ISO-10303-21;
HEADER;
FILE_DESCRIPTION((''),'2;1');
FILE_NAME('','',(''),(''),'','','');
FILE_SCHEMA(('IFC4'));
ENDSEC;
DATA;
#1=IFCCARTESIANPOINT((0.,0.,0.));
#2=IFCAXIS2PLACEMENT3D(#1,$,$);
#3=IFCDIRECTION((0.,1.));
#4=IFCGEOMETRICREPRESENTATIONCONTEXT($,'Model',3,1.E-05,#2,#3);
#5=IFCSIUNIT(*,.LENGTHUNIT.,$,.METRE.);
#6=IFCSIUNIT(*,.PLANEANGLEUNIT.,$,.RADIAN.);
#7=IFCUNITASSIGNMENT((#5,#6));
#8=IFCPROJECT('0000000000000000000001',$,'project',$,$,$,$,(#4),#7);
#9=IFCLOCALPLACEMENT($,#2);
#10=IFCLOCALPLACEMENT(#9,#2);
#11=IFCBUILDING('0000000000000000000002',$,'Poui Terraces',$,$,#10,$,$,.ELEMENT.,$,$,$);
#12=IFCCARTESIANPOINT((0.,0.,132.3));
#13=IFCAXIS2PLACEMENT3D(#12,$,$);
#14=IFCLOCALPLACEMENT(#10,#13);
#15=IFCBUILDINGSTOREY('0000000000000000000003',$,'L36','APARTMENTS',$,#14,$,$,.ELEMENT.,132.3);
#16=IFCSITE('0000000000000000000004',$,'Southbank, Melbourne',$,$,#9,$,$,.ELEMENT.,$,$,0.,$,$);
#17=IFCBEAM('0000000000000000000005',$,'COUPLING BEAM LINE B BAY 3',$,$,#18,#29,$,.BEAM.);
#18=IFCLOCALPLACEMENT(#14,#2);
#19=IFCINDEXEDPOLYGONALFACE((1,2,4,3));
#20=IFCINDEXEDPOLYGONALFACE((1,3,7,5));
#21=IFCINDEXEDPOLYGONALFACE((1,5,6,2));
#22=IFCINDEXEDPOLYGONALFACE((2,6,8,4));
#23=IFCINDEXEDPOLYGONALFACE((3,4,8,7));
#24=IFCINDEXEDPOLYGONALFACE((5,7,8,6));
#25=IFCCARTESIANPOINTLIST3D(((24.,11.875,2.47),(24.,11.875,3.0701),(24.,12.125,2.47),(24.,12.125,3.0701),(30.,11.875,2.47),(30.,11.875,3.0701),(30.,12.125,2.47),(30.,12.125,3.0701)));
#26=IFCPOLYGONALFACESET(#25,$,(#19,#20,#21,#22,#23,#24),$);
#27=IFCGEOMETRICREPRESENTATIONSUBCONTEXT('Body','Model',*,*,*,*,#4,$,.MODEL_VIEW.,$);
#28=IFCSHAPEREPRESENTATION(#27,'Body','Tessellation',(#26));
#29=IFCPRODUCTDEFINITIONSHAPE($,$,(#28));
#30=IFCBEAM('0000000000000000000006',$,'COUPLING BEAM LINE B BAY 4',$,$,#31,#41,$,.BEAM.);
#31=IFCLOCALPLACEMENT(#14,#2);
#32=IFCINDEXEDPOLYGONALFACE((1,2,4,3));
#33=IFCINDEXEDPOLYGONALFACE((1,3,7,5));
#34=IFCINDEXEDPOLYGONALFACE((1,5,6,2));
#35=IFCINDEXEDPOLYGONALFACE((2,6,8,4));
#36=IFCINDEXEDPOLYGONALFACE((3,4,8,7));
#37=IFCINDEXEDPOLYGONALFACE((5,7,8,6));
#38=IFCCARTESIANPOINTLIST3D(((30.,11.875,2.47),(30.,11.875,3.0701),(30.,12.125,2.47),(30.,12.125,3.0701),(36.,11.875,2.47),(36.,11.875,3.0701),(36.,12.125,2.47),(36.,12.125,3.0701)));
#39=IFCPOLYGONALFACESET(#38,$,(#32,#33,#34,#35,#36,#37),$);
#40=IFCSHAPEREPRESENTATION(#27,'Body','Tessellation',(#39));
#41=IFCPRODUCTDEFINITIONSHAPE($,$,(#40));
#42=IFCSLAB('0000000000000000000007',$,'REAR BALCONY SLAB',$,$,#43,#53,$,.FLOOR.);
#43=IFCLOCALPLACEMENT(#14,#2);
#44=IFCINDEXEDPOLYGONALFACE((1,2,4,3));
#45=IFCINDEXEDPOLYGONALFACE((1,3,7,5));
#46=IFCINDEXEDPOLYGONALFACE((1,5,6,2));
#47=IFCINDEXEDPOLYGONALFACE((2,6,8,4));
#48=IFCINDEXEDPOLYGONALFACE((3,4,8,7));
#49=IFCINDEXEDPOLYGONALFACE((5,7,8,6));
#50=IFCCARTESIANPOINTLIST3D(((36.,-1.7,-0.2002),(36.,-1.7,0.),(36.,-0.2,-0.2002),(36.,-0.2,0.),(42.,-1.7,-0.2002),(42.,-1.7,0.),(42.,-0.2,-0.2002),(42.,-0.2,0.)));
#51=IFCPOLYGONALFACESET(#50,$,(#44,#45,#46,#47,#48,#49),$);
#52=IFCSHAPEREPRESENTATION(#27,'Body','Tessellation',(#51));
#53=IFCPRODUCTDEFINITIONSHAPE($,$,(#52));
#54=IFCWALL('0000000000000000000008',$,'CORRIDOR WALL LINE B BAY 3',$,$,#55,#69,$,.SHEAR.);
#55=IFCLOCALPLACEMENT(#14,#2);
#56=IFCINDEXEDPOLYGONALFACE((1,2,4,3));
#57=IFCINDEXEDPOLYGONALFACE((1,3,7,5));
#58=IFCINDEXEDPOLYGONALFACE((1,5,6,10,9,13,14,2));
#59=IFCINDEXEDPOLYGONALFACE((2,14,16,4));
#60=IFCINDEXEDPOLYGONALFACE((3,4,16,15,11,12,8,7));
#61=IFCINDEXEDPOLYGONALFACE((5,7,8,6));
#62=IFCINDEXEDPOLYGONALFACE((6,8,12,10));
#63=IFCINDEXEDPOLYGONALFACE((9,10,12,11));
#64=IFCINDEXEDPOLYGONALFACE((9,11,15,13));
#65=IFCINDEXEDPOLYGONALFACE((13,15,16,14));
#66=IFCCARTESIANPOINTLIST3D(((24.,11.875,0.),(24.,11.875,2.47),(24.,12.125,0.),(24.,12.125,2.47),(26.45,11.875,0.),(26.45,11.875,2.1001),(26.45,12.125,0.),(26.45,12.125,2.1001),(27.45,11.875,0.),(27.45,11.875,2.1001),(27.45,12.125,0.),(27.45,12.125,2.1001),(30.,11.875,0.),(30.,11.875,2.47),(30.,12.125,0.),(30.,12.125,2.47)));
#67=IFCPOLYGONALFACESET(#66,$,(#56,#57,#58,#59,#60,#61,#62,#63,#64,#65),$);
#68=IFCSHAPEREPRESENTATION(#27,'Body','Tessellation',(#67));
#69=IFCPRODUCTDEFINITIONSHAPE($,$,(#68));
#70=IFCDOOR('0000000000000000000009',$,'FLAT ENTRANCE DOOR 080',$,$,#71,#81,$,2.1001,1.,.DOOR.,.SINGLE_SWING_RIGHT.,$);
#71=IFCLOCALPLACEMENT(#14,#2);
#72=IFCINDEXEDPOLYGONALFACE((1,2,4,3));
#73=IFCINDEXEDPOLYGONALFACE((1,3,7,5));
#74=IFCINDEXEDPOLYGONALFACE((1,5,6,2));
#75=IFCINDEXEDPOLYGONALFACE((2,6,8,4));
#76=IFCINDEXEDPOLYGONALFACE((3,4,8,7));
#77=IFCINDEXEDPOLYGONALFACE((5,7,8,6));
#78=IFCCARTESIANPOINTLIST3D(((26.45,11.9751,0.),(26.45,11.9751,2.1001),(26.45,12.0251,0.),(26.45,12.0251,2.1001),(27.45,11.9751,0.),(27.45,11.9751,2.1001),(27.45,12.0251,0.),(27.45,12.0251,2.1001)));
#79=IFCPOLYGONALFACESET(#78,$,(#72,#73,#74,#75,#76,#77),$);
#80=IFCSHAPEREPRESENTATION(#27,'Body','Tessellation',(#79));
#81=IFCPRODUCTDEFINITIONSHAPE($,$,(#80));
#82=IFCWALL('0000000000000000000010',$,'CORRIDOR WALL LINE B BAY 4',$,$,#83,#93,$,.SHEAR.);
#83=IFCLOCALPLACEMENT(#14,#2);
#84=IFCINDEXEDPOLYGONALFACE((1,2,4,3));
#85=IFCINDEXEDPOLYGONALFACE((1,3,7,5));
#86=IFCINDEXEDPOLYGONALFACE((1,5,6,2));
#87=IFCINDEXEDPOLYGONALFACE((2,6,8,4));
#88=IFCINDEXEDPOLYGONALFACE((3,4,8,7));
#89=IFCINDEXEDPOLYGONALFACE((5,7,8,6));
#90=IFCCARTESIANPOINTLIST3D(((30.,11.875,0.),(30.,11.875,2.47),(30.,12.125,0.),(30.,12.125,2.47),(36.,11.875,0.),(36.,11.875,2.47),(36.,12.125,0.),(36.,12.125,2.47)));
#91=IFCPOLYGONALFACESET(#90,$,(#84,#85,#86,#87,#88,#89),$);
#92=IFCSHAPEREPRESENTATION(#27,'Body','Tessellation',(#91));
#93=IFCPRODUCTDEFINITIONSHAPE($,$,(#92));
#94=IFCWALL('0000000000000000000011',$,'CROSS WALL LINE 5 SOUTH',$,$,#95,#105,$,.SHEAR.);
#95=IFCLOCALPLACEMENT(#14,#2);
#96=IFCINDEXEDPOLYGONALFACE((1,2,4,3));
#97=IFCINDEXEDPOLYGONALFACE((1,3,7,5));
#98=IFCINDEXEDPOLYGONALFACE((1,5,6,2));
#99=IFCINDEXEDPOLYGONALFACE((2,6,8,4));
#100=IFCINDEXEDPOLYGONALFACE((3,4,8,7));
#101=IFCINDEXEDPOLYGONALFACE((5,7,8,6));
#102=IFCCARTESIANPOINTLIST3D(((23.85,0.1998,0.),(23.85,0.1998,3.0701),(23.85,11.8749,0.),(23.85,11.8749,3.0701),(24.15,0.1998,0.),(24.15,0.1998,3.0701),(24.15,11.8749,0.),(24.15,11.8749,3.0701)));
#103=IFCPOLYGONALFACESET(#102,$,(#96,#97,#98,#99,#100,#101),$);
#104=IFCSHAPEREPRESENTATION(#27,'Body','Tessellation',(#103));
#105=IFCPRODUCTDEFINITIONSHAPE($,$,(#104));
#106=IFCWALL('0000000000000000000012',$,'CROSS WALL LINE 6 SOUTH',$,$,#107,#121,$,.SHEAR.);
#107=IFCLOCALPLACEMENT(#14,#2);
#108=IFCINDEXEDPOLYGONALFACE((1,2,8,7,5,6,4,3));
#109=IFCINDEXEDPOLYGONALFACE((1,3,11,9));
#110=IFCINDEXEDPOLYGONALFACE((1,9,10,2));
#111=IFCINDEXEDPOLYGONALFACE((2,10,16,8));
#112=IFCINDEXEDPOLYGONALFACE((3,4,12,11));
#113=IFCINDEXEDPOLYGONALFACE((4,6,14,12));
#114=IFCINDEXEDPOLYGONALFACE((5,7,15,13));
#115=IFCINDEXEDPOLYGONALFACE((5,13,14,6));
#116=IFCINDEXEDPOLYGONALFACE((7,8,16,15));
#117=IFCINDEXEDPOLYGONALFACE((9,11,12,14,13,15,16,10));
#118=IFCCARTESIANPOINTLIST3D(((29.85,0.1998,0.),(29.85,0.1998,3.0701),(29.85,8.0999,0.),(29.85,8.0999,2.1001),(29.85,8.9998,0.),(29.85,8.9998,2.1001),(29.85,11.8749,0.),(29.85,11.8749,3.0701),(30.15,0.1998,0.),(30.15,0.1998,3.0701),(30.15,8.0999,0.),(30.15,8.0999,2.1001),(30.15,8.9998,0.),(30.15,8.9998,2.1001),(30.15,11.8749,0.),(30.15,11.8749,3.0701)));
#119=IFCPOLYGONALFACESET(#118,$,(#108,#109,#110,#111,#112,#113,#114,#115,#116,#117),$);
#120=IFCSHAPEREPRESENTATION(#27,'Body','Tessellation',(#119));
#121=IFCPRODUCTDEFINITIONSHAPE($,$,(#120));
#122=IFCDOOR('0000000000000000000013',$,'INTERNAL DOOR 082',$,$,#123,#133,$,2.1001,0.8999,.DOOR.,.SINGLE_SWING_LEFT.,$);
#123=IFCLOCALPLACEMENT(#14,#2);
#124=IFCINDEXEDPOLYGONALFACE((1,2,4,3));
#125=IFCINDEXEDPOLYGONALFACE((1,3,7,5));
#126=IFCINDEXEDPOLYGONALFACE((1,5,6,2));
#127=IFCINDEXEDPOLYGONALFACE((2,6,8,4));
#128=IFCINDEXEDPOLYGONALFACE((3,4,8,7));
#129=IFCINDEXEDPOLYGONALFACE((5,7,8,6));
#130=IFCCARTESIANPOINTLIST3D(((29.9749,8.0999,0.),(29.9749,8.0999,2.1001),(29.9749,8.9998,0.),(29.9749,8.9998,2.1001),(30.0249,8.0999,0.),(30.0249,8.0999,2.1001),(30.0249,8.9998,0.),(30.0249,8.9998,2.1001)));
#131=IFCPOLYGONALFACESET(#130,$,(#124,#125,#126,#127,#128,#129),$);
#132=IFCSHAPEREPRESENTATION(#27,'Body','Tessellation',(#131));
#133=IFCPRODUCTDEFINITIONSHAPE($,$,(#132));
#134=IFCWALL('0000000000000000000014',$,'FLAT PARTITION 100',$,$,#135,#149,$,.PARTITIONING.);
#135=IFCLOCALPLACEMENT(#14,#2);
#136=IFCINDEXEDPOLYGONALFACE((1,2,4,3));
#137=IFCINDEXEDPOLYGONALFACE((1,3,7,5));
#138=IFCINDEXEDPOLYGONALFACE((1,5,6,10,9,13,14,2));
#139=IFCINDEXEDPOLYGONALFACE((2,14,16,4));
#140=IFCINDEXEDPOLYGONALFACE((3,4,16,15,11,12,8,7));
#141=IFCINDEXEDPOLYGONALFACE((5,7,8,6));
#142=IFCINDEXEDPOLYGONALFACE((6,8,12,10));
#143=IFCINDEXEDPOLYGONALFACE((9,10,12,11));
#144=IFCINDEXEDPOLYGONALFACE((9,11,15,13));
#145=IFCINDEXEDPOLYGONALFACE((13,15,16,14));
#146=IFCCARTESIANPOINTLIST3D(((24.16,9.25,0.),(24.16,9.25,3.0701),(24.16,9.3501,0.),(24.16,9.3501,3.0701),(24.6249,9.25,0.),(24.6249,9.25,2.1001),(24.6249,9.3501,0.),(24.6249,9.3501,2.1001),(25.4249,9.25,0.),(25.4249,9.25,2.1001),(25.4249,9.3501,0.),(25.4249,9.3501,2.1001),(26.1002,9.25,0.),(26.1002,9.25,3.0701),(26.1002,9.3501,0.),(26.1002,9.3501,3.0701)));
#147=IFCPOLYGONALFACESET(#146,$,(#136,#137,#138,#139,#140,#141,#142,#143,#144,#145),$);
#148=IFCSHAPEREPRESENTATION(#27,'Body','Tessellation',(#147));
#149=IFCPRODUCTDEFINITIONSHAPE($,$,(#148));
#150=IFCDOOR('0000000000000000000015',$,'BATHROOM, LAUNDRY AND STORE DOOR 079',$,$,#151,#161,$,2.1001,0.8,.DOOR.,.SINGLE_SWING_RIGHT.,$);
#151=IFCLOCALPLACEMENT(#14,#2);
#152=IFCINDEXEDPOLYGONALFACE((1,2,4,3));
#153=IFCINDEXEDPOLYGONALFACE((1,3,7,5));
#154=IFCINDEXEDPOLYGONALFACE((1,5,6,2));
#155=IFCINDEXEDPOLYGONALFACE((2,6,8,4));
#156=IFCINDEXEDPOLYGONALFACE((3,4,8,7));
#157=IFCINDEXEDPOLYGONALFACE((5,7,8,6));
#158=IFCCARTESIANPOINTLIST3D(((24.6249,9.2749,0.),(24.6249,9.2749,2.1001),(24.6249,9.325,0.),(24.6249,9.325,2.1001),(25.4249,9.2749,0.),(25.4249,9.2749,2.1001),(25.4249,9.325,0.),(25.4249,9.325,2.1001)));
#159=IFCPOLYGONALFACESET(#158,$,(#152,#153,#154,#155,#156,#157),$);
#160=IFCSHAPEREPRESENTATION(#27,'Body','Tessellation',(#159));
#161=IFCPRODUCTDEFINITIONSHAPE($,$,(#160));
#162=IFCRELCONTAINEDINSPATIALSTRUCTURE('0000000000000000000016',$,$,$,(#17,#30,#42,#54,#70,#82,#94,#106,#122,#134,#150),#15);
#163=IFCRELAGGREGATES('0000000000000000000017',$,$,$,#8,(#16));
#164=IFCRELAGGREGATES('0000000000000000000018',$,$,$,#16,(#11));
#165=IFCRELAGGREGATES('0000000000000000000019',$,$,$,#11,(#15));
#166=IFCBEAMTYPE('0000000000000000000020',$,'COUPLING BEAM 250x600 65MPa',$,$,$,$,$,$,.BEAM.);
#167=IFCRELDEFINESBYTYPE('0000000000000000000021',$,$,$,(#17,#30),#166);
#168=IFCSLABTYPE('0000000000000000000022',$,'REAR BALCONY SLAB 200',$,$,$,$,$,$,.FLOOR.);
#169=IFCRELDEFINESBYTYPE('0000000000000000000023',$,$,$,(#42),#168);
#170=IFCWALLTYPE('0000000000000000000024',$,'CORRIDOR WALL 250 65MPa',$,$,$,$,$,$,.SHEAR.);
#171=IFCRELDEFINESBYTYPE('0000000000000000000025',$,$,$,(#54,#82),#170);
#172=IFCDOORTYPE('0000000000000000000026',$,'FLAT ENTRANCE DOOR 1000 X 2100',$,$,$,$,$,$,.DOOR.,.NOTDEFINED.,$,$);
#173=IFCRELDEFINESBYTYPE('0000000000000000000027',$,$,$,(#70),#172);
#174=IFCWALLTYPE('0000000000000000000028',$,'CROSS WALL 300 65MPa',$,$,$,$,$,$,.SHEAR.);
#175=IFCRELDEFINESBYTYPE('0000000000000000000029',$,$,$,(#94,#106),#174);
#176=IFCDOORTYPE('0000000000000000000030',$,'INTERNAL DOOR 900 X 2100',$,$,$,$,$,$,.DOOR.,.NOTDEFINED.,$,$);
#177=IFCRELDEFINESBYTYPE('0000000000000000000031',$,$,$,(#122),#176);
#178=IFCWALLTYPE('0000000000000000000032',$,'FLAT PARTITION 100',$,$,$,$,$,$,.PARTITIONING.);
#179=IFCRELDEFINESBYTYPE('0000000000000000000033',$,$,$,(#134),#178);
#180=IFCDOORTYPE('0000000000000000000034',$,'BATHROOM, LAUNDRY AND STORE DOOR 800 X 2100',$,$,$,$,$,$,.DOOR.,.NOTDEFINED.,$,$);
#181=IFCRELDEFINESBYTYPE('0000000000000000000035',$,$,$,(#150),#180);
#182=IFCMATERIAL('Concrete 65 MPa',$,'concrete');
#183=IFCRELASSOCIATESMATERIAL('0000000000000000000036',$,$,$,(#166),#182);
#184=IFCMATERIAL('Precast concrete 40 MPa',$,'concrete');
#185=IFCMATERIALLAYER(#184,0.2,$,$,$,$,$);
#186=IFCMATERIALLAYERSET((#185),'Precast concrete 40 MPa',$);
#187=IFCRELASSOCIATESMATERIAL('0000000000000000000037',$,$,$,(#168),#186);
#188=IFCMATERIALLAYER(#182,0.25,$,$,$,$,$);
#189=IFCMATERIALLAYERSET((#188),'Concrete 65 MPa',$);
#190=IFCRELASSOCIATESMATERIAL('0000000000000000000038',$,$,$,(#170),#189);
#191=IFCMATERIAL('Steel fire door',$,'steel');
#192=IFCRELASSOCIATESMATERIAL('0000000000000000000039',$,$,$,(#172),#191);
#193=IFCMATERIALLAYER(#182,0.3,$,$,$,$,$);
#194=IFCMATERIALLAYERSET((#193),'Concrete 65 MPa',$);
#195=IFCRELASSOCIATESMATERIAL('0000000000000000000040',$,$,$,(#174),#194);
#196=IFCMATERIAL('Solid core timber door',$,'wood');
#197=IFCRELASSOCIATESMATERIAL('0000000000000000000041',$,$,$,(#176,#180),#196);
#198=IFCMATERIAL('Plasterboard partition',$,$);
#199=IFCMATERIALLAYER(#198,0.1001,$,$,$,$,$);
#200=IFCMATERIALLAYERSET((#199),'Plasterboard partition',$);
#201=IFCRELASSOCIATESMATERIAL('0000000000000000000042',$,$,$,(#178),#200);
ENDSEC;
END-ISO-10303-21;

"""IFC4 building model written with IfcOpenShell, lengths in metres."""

from ifc_helpers import new_model, si_unit, direction, frame, frame_2d, origin, origin_2d, place, context, subcontext, project, spatial, polyline, rectangle, outline, extrude, source, transform, mapped, material, layer, layer_set, material_profile, profile_set, type_object, element, fill, save


model = new_model("IFC4")

# Units and contexts
model_context = context("Model", 3, precision=1e-05, world=origin(), true_north=direction((0.0, 1.0)))
body_context = subcontext(model_context, "Body", "Model", "MODEL_VIEW")
ifc_project = project(units=[si_unit("LENGTHUNIT", "METRE"), si_unit("PLANEANGLEUNIT", "RADIAN")], contexts=[model_context])

# Site, building, storey
site_placement = place(None, origin())
site = spatial("IfcSite", under=ifc_project, at=site_placement, Name="Southbank, Melbourne", CompositionType="ELEMENT", RefElevation=0.0)
building_placement = place(site_placement, origin())
building = spatial("IfcBuilding", under=site, at=building_placement, Name="Poui Terraces", CompositionType="ELEMENT")
storey_placement = place(building_placement, frame((0.0, 0.0, 132.3)))
storey = spatial("IfcBuildingStorey", under=building, at=storey_placement, Name="L36", Description="APARTMENTS", CompositionType="ELEMENT", Elevation=132.3)

# Beams
ifc_material_1 = material(Name="Concrete 65 MPa", Category="concrete")
ifc_material_profile_1 = material_profile(ifc_material_1, rectangle(XDim=0.25, YDim=0.6001, at=origin_2d()), Name="RC 250x600")
ifc_profile_set_1 = profile_set([ifc_material_profile_1], Name="Concrete 65 MPa")
beam_type = type_object("IfcBeamType", Name="COUPLING BEAM 250x600 65MPa", PredefinedType="BEAM", material=ifc_profile_set_1)
shared_shape_1 = source(origin(), body_context, "Body", "SweptSolid", [
    extrude(rectangle(XDim=0.25, YDim=0.6001, at=origin_2d()), origin(), (0.0, 0.0, 1.0), 6.0),
])
for number, where, z_axis, x_axis, name in (
    (1, (24.0, 12.0, 2.77), (1.0, 0.0, 0.0), (0.0, 1.0, 0.0), "COUPLING BEAM LINE B BAY 3"),
    (2, (30.0, 12.0, 2.77), (1.0, 0.0, 0.0), (0.0, 1.0, 0.0), "COUPLING BEAM LINE B BAY 4"),
):
    element("IfcBeam", number, at=place(storey_placement, frame(where, z_axis=z_axis, x_axis=x_axis)), inside=storey, type_object=beam_type, Name=name, PredefinedType="BEAM", context=body_context, shape_type="MappedRepresentation", body=[
        mapped(shared_shape_1, transform((0.0, 0.0, 0.0))),
    ])

# Slab
ifc_material_2 = material(Name="Precast concrete 40 MPa", Category="concrete")
ifc_layer_1 = layer(ifc_material_2, 0.2)
ifc_layer_set_1 = layer_set([ifc_layer_1], Name="Precast concrete 40 MPa")
slab_type = type_object("IfcSlabType", Name="REAR BALCONY SLAB 200", PredefinedType="FLOOR", material=ifc_layer_set_1)
shared_shape_2 = source(origin(), body_context, "Body", "SweptSolid", [
    extrude(outline(polyline([(0.0, 0.0), (6.0, 0.0), (6.0, 1.5), (0.0, 1.5), (0.0, 0.0)])), origin(), (0.0, 0.0, 1.0), 0.2002),
])
slab_placement = place(storey_placement, frame((36.0, -1.7, -0.2002)))
element("IfcSlab", 3, at=slab_placement, inside=storey, type_object=slab_type, Name="REAR BALCONY SLAB", PredefinedType="FLOOR", context=body_context, shape_type="MappedRepresentation", body=[
    mapped(shared_shape_2, transform((0.0, 0.0, 0.0))),
])

# Wall, opening, door
ifc_layer_2 = layer(ifc_material_1, 0.25)
ifc_layer_set_2 = layer_set([ifc_layer_2], Name="Concrete 65 MPa")
wall_type_1 = type_object("IfcWallType", Name="CORRIDOR WALL 250 65MPa", PredefinedType="SHEAR", material=ifc_layer_set_2)
wall_1_placement = place(storey_placement, frame((24.0, 12.0, 0.0), z_axis=(0.0, 0.0, 1.0), x_axis=(1.0, 0.0, 0.0)))
wall_1 = element("IfcWall", 4, at=wall_1_placement, inside=storey, type_object=wall_type_1, Name="CORRIDOR WALL LINE B BAY 3", PredefinedType="SHEAR", context=body_context, shape_type="SweptSolid", body=[
    extrude(rectangle(XDim=6.0, YDim=0.25, at=frame_2d((3.0, 0.0))), origin(), (0.0, 0.0, 1.0), 2.47),
])
opening_1_placement = place(wall_1_placement, frame((2.45, 0.0, 0.0)))
opening_1 = element("IfcOpeningElement", 5, at=opening_1_placement, cuts=wall_1, PredefinedType="OPENING", context=body_context, shape_type="SweptSolid", body=[
    extrude(rectangle(XDim=1.0, YDim=2.1001, at=frame_2d((0.5, 1.05))), frame((0.0, 0.135, 0.0), z_axis=(0.0, -1.0, 0.0), x_axis=(1.0, 0.0, 0.0)), (0.0, 0.0, 1.0), 0.27),
])
ifc_material_3 = material(Name="Steel fire door", Category="steel")
door_type_1 = type_object("IfcDoorType", Name="FLAT ENTRANCE DOOR 1000 X 2100", OperationType="NOTDEFINED", PredefinedType="DOOR", material=ifc_material_3)
door_1_placement = place(opening_1_placement, frame((1.0, 0.0, 0.0), z_axis=(0.0, 0.0, 1.0), x_axis=(-1.0, 0.0, 0.0)))
door_1 = element("IfcDoor", 6, at=door_1_placement, inside=storey, type_object=door_type_1, Name="FLAT ENTRANCE DOOR 080", OperationType="SINGLE_SWING_RIGHT", OverallHeight=2.1001, OverallWidth=1.0, PredefinedType="DOOR", context=body_context, shape_type="SweptSolid", body=[
    extrude(rectangle(XDim=1.0, YDim=2.1001, at=frame_2d((0.5, 1.05))), frame((0.0, 0.0249, 0.0), z_axis=(0.0, -1.0, 0.0), x_axis=(1.0, 0.0, 0.0)), (0.0, 0.0, 1.0), 0.05),
])
fill(opening_1, door_1)

# Walls
wall_2_placement = place(storey_placement, frame((30.0, 12.0, 0.0), z_axis=(0.0, 0.0, 1.0), x_axis=(1.0, 0.0, 0.0)))
element("IfcWall", 7, at=wall_2_placement, inside=storey, type_object=wall_type_1, Name="CORRIDOR WALL LINE B BAY 4", PredefinedType="SHEAR", context=body_context, shape_type="SweptSolid", body=[
    extrude(rectangle(XDim=6.0, YDim=0.25, at=frame_2d((3.0, 0.0))), origin(), (0.0, 0.0, 1.0), 2.47),
])
ifc_layer_3 = layer(ifc_material_1, 0.3)
ifc_layer_set_3 = layer_set([ifc_layer_3], Name="Concrete 65 MPa")
wall_type_2 = type_object("IfcWallType", Name="CROSS WALL 300 65MPa", PredefinedType="SHEAR", material=ifc_layer_set_3)
wall_3_placement = place(storey_placement, frame((24.0, 0.2, 0.0), z_axis=(0.0, 0.0, 1.0), x_axis=(0.0, 1.0, 0.0)))
element("IfcWall", 8, at=wall_3_placement, inside=storey, type_object=wall_type_2, Name="CROSS WALL LINE 5 SOUTH", PredefinedType="SHEAR", context=body_context, shape_type="SweptSolid", body=[
    extrude(rectangle(XDim=11.675, YDim=0.3, at=frame_2d((5.8374, 0.0))), origin(), (0.0, 0.0, 1.0), 3.0701),
])

# Walls, openings, doors
wall_4_placement = place(storey_placement, frame((30.0, 0.2, 0.0), z_axis=(0.0, 0.0, 1.0), x_axis=(0.0, 1.0, 0.0)))
wall_4 = element("IfcWall", 9, at=wall_4_placement, inside=storey, type_object=wall_type_2, Name="CROSS WALL LINE 6 SOUTH", PredefinedType="SHEAR", context=body_context, shape_type="SweptSolid", body=[
    extrude(rectangle(XDim=11.675, YDim=0.3, at=frame_2d((5.8374, 0.0))), origin(), (0.0, 0.0, 1.0), 3.0701),
])
opening_2_placement = place(wall_4_placement, frame((7.8999, 0.0, 0.0)))
opening_2 = element("IfcOpeningElement", 10, at=opening_2_placement, cuts=wall_4, PredefinedType="OPENING", context=body_context, shape_type="SweptSolid", body=[
    extrude(rectangle(XDim=0.8999, YDim=2.1001, at=frame_2d((0.45, 1.05))), frame((0.0, 0.1602, 0.0), z_axis=(0.0, -1.0, 0.0), x_axis=(1.0, 0.0, 0.0)), (0.0, 0.0, 1.0), 0.3201),
])
ifc_material_4 = material(Name="Solid core timber door", Category="wood")
door_type_2 = type_object("IfcDoorType", Name="INTERNAL DOOR 900 X 2100", OperationType="NOTDEFINED", PredefinedType="DOOR", material=ifc_material_4)
door_2_placement = place(opening_2_placement, frame((0.8999, 0.0, 0.0), z_axis=(0.0, 0.0, 1.0), x_axis=(-1.0, 0.0, 0.0)))
door_2 = element("IfcDoor", 11, at=door_2_placement, inside=storey, type_object=door_type_2, Name="INTERNAL DOOR 082", OperationType="SINGLE_SWING_LEFT", OverallHeight=2.1001, OverallWidth=0.8999, PredefinedType="DOOR", context=body_context, shape_type="SweptSolid", body=[
    extrude(rectangle(XDim=0.8999, YDim=2.1001, at=frame_2d((0.45, 1.05))), frame((0.0, 0.0249, 0.0), z_axis=(0.0, -1.0, 0.0), x_axis=(1.0, 0.0, 0.0)), (0.0, 0.0, 1.0), 0.05),
])
fill(opening_2, door_2)
ifc_material_5 = material(Name="Plasterboard partition")
ifc_layer_4 = layer(ifc_material_5, 0.1001)
ifc_layer_set_4 = layer_set([ifc_layer_4], Name="Plasterboard partition")
wall_type_3 = type_object("IfcWallType", Name="FLAT PARTITION 100", PredefinedType="PARTITIONING", material=ifc_layer_set_4)
wall_5_placement = place(storey_placement, frame((24.1599, 9.3, 0.0), z_axis=(0.0, 0.0, 1.0), x_axis=(1.0, 0.0, 0.0)))
wall_5 = element("IfcWall", 12, at=wall_5_placement, inside=storey, type_object=wall_type_3, Name="FLAT PARTITION 100", PredefinedType="PARTITIONING", context=body_context, shape_type="SweptSolid", body=[
    extrude(rectangle(XDim=1.9402, YDim=0.1001, at=frame_2d((0.9702, 0.0))), origin(), (0.0, 0.0, 1.0), 3.0701),
])
opening_3_placement = place(wall_5_placement, frame((0.4651, 0.0, 0.0)))
opening_3 = element("IfcOpeningElement", 13, at=opening_3_placement, cuts=wall_5, PredefinedType="OPENING", context=body_context, shape_type="SweptSolid", body=[
    extrude(rectangle(XDim=0.8, YDim=2.1001, at=frame_2d((0.3999, 1.05))), frame((0.0, 0.0601, 0.0), z_axis=(0.0, -1.0, 0.0), x_axis=(1.0, 0.0, 0.0)), (0.0, 0.0, 1.0), 0.1201),
])
door_type_3 = type_object("IfcDoorType", Name="BATHROOM, LAUNDRY AND STORE DOOR 800 X 2100", OperationType="NOTDEFINED", PredefinedType="DOOR", material=ifc_material_4)
door_3_placement = place(opening_3_placement, origin())
door_3 = element("IfcDoor", 14, at=door_3_placement, inside=storey, type_object=door_type_3, Name="BATHROOM, LAUNDRY AND STORE DOOR 079", OperationType="SINGLE_SWING_RIGHT", OverallHeight=2.1001, OverallWidth=0.8, PredefinedType="DOOR", context=body_context, shape_type="SweptSolid", body=[
    extrude(rectangle(XDim=0.8, YDim=2.1001, at=frame_2d((0.3999, 1.05))), frame((0.0, 0.0249, 0.0), z_axis=(0.0, -1.0, 0.0), x_axis=(1.0, 0.0, 0.0)), (0.0, 0.0, 1.0), 0.05),
])
fill(opening_3, door_3)

save(model, "model.ifc")
